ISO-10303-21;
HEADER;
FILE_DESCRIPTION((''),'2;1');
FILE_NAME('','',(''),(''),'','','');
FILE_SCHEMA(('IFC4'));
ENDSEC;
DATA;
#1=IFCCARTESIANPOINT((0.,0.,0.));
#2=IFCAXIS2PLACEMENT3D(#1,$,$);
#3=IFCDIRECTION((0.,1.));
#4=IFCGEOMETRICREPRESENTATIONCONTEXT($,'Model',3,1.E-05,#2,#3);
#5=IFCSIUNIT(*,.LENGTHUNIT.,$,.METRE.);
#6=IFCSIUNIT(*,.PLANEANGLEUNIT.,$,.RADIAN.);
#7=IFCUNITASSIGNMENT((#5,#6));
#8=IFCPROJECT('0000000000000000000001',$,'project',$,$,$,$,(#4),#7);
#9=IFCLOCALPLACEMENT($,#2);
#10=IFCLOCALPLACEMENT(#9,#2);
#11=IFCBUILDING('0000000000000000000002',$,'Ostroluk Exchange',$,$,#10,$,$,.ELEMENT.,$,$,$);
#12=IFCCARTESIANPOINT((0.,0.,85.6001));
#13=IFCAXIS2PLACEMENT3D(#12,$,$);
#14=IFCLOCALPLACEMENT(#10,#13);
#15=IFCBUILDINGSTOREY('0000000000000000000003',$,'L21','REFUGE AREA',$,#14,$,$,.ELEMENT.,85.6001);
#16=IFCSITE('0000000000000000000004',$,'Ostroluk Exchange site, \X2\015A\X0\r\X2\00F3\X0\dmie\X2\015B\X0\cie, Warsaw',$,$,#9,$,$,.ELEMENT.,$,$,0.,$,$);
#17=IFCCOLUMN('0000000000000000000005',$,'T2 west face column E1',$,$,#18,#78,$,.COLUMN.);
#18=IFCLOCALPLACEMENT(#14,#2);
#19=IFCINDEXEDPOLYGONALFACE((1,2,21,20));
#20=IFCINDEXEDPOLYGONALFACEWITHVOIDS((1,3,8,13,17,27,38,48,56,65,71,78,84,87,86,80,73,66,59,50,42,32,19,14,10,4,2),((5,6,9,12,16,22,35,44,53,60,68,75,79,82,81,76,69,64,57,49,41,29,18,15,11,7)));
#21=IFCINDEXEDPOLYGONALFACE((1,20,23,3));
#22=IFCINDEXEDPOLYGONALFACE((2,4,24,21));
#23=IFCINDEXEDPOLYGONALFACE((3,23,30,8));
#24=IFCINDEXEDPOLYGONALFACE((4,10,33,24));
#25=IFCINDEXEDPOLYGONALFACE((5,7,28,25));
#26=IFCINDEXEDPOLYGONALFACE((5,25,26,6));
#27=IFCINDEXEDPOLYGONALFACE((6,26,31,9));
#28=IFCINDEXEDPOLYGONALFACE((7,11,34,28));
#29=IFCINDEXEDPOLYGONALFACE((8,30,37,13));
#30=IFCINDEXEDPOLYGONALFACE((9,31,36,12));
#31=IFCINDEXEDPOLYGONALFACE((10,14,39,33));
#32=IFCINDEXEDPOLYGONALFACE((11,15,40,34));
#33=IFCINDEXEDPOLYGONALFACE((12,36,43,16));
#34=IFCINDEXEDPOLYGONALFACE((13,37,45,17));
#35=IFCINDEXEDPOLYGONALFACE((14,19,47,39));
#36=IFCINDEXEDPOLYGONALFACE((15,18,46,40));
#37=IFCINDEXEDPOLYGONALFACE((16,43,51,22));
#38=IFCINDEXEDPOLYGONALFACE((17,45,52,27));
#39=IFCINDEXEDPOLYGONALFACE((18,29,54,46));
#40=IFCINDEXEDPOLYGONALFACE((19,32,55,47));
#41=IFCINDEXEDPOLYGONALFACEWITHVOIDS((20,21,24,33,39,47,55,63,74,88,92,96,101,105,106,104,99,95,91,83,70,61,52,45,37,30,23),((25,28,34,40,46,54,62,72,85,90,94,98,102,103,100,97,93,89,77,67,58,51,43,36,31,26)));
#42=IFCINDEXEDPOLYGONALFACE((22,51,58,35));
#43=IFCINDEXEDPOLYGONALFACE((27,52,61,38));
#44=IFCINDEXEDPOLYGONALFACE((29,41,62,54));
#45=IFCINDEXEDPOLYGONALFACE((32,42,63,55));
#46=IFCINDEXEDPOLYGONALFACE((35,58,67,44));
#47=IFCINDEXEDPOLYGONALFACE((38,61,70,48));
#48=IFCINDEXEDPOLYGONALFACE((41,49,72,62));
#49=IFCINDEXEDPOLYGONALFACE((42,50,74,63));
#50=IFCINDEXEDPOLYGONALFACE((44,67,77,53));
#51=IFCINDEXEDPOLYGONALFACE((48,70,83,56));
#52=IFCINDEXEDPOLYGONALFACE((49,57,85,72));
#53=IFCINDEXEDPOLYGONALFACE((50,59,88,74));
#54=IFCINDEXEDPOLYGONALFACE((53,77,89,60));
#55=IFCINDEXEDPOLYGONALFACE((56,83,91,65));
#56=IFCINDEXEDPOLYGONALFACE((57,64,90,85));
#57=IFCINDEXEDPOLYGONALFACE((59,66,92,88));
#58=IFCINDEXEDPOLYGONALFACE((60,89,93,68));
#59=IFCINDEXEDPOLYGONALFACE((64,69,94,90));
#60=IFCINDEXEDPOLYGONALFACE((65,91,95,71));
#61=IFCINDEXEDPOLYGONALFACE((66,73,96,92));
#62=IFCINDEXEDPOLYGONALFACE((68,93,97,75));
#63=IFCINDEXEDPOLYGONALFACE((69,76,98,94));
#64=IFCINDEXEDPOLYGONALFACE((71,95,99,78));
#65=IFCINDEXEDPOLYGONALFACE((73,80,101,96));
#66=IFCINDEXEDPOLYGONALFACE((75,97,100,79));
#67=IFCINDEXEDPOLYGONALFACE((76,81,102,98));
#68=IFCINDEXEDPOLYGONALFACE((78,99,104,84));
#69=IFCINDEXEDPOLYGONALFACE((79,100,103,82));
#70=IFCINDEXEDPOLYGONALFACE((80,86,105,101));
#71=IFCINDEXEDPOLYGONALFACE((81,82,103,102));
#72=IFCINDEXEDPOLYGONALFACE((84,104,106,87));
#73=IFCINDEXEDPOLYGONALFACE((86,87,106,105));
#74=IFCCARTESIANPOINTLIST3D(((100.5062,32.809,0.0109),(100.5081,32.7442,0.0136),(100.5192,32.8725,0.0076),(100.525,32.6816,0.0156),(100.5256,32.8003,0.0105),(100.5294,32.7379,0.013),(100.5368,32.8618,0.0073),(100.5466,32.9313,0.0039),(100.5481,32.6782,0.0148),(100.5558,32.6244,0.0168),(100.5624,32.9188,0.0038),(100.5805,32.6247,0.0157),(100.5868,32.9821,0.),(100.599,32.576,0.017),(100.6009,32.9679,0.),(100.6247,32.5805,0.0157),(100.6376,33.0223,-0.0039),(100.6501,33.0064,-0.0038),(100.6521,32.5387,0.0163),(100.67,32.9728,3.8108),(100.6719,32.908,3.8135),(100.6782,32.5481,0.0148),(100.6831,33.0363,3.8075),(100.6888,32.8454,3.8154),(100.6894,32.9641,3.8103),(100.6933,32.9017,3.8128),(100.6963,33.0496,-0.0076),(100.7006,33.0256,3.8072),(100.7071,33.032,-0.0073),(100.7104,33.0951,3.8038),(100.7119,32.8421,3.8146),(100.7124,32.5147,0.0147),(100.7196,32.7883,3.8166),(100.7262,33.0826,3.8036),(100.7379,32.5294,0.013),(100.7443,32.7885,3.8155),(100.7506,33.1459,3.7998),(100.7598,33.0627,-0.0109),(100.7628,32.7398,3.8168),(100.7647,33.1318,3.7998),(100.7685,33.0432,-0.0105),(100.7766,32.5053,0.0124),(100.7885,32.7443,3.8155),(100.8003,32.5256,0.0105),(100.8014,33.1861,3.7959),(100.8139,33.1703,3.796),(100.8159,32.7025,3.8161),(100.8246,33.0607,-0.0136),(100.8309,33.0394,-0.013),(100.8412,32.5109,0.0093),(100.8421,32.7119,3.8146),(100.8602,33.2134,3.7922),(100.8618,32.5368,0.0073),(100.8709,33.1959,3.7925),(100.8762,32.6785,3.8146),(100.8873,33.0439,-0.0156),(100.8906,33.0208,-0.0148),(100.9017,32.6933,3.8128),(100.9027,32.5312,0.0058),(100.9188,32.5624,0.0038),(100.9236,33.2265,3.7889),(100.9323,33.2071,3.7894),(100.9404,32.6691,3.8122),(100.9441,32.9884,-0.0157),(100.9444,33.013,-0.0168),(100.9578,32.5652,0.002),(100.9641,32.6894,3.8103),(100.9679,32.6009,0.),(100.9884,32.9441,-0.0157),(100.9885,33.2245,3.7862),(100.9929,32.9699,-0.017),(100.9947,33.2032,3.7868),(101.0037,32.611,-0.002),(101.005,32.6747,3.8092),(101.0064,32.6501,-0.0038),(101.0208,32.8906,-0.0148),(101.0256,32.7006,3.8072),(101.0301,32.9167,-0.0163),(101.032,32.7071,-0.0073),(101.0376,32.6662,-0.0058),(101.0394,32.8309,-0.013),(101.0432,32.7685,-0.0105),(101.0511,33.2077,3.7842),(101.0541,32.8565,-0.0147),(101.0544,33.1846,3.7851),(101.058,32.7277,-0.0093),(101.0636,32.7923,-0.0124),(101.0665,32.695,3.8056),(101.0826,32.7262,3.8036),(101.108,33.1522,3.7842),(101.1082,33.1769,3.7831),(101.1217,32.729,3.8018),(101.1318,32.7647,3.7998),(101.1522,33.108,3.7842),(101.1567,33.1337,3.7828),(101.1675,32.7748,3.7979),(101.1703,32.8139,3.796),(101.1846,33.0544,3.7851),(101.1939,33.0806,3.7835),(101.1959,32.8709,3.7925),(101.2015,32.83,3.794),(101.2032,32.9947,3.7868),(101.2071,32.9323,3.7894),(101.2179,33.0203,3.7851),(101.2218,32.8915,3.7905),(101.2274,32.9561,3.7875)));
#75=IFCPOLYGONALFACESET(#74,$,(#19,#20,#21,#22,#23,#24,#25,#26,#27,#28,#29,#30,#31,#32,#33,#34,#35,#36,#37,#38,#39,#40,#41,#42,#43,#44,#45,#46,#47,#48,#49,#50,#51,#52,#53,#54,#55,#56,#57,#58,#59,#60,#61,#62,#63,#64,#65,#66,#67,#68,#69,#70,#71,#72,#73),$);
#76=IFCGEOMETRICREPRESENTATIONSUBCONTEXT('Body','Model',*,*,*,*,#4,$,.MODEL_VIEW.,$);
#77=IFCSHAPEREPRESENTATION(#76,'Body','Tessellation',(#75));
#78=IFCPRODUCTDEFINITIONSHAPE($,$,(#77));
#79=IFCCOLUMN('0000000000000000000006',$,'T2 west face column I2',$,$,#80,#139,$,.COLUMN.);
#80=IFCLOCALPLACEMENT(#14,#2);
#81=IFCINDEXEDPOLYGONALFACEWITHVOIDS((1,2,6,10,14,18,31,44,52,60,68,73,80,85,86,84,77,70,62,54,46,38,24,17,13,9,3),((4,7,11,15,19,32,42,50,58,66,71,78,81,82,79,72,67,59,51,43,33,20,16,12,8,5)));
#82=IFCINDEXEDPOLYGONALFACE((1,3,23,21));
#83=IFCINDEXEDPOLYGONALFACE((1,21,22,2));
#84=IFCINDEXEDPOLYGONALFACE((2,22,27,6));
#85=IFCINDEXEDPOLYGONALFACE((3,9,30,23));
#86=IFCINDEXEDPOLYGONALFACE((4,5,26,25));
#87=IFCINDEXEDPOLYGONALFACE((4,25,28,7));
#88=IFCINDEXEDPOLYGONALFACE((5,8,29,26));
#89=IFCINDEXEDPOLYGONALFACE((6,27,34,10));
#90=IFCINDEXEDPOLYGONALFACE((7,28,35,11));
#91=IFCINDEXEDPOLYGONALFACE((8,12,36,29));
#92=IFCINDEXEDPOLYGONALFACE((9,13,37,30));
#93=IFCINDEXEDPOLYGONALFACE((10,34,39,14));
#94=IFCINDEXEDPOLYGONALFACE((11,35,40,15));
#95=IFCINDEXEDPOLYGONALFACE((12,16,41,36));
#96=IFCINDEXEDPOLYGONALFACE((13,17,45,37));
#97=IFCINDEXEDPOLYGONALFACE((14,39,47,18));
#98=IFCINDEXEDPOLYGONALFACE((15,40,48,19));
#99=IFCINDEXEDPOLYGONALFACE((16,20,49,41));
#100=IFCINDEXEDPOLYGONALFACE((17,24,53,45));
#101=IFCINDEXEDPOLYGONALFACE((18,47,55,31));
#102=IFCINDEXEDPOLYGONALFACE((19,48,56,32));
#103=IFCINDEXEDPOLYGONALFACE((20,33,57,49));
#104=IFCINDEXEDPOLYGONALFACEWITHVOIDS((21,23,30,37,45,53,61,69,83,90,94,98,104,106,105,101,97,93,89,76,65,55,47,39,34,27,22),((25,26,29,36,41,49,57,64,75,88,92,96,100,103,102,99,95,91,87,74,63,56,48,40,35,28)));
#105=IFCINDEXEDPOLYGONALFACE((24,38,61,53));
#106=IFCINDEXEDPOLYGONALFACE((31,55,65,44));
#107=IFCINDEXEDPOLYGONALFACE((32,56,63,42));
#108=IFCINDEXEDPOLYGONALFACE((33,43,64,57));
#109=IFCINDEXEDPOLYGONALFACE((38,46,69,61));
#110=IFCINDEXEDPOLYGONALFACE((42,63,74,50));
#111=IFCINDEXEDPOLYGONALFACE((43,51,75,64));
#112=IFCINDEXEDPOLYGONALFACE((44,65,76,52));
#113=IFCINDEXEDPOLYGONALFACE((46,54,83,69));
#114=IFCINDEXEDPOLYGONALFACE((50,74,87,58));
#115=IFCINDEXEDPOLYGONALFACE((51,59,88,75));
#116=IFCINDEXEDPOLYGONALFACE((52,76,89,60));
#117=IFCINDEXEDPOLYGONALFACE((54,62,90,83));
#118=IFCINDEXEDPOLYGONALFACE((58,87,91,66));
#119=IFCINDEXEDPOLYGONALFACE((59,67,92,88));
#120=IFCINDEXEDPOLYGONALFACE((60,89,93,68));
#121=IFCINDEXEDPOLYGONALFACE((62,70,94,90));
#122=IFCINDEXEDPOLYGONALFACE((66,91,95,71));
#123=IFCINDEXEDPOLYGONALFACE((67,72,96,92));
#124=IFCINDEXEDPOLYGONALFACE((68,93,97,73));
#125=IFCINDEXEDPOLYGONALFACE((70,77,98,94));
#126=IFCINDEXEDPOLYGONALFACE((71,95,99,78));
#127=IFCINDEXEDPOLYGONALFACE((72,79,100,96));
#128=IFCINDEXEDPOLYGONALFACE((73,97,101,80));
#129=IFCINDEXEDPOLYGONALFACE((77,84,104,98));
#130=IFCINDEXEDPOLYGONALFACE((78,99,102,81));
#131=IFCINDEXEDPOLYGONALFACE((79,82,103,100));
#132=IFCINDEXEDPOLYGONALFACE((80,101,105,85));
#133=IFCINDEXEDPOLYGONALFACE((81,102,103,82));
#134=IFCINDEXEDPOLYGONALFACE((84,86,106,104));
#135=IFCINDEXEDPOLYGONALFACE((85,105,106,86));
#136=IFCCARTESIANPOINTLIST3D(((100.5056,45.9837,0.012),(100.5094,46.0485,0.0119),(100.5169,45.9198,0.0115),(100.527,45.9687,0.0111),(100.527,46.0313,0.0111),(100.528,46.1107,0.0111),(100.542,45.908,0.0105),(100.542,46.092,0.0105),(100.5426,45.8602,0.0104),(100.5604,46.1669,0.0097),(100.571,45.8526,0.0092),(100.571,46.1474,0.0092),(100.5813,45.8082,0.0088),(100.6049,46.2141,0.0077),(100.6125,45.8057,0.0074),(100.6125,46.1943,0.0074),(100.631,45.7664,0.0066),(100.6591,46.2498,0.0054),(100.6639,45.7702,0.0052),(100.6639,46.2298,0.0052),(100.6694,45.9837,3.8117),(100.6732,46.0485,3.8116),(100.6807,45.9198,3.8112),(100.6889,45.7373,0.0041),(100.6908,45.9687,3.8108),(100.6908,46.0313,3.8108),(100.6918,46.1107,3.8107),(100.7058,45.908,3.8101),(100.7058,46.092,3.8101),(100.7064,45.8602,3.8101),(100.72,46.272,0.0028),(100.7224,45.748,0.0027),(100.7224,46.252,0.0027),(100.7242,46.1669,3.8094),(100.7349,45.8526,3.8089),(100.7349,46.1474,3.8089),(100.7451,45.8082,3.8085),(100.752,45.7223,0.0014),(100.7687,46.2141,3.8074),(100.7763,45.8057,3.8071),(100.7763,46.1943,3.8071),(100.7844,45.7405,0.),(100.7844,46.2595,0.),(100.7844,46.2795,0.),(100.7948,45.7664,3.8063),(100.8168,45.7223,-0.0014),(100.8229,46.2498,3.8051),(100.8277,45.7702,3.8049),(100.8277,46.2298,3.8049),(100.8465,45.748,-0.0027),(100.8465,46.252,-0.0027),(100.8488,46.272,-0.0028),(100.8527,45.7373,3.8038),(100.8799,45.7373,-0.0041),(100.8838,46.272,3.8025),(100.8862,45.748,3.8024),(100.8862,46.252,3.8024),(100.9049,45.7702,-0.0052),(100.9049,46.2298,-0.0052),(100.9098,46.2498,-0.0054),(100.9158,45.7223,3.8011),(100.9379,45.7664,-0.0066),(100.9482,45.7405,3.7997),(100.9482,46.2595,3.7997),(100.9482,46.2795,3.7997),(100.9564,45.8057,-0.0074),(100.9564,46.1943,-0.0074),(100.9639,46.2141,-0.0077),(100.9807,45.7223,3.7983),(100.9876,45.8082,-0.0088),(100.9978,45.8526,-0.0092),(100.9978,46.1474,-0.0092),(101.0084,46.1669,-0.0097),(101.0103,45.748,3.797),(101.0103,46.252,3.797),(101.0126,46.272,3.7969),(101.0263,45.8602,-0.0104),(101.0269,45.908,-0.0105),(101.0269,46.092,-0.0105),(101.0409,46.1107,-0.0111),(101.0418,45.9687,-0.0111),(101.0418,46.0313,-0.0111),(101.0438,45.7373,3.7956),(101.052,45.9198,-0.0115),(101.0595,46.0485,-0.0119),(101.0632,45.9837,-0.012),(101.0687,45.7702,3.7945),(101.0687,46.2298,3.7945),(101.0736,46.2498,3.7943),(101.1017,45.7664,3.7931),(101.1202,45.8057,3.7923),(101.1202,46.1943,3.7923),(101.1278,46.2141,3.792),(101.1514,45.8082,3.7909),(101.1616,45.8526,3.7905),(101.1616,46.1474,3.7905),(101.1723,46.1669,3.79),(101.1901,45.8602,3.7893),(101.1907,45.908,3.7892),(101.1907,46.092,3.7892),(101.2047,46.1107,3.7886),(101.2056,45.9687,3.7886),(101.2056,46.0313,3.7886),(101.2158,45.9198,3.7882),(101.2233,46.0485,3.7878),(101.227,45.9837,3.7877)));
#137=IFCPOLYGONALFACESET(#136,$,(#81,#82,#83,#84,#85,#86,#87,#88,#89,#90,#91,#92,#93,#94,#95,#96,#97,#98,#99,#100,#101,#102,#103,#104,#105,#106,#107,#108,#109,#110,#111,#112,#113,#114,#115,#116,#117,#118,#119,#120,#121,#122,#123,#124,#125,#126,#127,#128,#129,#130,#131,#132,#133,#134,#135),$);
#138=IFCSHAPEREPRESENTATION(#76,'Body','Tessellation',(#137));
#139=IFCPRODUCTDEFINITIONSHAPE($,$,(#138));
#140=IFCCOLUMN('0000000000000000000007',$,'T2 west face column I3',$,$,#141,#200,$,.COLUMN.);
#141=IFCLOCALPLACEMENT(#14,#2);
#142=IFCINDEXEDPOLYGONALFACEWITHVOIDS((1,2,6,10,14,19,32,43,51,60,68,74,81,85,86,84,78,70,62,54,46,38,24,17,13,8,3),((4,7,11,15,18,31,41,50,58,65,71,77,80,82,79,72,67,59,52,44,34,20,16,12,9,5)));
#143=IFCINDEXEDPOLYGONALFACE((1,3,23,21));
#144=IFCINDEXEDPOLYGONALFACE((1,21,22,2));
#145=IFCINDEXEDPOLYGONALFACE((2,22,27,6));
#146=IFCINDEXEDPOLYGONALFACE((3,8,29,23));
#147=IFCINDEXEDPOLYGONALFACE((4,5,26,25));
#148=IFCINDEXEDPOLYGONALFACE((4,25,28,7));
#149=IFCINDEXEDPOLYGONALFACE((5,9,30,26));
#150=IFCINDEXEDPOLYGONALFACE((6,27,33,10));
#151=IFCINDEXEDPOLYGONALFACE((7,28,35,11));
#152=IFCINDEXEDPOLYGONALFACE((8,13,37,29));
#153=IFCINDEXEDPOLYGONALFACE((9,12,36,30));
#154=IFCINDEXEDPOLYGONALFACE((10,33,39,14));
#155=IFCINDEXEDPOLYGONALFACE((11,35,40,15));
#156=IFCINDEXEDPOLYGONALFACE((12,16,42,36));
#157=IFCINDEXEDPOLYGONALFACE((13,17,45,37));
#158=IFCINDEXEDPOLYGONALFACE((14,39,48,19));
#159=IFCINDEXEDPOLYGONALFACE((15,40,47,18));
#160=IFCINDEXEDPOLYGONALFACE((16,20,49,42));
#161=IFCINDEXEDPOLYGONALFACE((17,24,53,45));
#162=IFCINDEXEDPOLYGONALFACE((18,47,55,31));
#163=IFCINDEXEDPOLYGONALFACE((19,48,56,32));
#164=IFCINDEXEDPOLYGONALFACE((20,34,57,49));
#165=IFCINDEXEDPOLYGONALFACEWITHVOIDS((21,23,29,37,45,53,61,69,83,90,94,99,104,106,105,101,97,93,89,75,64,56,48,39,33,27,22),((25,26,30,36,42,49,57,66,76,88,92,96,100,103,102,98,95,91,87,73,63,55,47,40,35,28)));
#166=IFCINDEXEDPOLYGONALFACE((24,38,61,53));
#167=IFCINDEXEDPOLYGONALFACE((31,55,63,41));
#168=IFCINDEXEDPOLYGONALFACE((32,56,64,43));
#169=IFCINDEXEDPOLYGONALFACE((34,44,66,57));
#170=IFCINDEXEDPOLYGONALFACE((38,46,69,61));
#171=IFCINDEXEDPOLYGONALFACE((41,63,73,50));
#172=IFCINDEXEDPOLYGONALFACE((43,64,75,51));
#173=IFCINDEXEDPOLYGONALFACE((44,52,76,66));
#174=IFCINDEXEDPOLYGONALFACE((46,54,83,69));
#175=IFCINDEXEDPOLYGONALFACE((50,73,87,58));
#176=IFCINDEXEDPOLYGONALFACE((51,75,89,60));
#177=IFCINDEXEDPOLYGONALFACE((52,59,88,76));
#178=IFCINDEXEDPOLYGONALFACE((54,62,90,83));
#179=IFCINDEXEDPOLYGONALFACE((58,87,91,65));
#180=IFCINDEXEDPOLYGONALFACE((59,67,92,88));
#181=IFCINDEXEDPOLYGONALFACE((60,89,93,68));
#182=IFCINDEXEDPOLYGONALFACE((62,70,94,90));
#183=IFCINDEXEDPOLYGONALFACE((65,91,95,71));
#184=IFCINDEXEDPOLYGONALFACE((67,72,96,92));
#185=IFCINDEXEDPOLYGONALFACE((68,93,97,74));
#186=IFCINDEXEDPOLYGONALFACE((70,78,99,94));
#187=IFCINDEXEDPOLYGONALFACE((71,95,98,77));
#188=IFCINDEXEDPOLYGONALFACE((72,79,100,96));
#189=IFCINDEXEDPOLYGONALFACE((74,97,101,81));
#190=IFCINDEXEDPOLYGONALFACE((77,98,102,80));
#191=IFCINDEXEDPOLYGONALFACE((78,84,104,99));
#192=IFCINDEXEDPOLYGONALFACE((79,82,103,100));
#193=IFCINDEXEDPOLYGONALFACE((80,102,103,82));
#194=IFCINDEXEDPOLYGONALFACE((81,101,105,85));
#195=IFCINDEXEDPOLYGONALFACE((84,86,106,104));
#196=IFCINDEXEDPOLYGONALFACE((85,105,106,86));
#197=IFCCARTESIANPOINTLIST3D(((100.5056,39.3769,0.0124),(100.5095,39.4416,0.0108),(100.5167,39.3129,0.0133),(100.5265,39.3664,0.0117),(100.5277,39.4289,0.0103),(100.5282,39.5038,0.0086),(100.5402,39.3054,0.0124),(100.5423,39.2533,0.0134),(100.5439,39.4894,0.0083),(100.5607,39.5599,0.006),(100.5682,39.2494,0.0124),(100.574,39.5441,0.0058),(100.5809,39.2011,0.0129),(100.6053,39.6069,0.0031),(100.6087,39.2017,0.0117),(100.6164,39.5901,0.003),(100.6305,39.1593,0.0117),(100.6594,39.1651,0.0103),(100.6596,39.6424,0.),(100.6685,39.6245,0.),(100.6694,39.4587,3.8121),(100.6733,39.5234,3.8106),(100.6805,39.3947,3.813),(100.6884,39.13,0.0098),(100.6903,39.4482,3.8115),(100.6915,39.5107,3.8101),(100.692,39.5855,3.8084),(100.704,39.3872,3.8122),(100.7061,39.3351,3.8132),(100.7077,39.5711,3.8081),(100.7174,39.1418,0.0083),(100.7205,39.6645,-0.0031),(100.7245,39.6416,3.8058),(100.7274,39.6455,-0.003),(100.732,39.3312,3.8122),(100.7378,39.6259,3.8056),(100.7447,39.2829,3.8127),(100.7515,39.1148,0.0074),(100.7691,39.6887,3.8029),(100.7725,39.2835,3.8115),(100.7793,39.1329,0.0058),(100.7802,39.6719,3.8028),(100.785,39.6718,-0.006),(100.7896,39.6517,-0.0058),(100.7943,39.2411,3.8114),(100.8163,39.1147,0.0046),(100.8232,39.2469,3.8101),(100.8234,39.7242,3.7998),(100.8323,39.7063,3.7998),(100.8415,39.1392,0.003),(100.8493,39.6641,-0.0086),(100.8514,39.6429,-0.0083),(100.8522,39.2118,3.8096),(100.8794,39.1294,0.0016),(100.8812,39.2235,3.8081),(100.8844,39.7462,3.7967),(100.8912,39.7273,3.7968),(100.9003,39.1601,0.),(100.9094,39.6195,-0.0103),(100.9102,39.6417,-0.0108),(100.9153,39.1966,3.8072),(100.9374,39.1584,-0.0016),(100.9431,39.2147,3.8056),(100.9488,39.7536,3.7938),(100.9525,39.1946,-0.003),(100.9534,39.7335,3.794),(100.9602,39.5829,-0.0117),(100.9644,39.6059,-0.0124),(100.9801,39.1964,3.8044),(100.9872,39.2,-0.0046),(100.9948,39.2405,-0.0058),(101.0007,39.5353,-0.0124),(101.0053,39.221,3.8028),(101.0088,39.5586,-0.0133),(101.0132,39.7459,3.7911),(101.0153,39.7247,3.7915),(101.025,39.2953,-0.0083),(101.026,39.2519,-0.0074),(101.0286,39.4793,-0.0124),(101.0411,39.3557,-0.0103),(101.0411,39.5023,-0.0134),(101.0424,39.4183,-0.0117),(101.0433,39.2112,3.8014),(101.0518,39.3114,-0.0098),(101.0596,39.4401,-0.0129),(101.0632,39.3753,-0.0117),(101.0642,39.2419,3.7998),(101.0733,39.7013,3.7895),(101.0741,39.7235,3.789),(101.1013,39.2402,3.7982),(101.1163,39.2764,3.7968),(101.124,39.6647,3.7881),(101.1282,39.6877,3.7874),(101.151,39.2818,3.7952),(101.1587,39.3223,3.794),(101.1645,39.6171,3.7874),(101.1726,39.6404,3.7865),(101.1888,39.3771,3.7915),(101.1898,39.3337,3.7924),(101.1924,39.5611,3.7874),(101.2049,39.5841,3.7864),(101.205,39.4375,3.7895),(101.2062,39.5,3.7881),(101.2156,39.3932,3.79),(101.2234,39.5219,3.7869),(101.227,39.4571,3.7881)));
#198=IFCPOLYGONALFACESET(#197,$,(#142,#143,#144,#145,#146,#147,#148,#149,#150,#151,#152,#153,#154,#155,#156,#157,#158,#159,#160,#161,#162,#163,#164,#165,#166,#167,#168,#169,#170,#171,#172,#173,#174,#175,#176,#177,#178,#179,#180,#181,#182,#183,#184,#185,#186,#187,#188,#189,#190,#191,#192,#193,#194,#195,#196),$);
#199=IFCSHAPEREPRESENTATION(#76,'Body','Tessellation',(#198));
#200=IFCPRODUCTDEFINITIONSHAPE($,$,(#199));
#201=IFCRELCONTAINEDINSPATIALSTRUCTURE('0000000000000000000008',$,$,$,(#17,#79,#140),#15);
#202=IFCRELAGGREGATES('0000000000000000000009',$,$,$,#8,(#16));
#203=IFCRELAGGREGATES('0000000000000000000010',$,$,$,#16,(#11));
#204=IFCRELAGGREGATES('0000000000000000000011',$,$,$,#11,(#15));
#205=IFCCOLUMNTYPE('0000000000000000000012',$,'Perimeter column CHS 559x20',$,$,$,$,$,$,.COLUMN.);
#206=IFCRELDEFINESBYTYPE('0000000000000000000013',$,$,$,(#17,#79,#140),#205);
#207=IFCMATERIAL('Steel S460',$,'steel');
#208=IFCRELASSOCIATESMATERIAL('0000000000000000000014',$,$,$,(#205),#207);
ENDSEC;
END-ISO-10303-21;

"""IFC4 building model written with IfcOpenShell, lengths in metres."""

from ifc_helpers import new_model, si_unit, direction, frame, origin, origin_2d, place, context, subcontext, project, spatial, hollow_circle, extrude, material, material_profile, profile_set, type_object, element, save


model = new_model("IFC4")

# Units and contexts
model_context = context("Model", 3, precision=1e-05, world=origin(), true_north=direction((0.0, 1.0)))
body_context = subcontext(model_context, "Body", "Model", "MODEL_VIEW")
ifc_project = project(units=[si_unit("LENGTHUNIT", "METRE"), si_unit("PLANEANGLEUNIT", "RADIAN")], contexts=[model_context])

# Site, building, storey
site_placement = place(None, origin())
site = spatial("IfcSite", under=ifc_project, at=site_placement, Name="Ostroluk Exchange site, Śródmieście, Warsaw", CompositionType="ELEMENT", RefElevation=0.0)
building_placement = place(site_placement, origin())
building = spatial("IfcBuilding", under=site, at=building_placement, Name="Ostroluk Exchange", CompositionType="ELEMENT")
storey_placement = place(building_placement, frame((0.0, 0.0, 85.6001)))
storey = spatial("IfcBuildingStorey", under=building, at=storey_placement, Name="L21", Description="REFUGE AREA", CompositionType="ELEMENT", Elevation=85.6001)

# Columns
ifc_material_1 = material(Name="Steel S460", Category="steel")
ifc_material_profile_1 = material_profile(ifc_material_1, hollow_circle(Radius=0.2795, WallThickness=0.02, at=origin_2d()), Name="CHS 559x20")
ifc_profile_set_1 = profile_set([ifc_material_profile_1], Name="Steel S460")
column_type = type_object("IfcColumnType", Name="Perimeter column CHS 559x20", PredefinedType="COLUMN", material=ifc_profile_set_1)
column_1_placement = place(storey_placement, frame((100.7844, 32.7844, 0.0), z_axis=(0.043032, 0.043032, 0.998146), x_axis=(-0.707107, 0.707107, 0.0)))
element("IfcColumn", 1, at=column_1_placement, inside=storey, type_object=column_type, Name="T2 west face column E1", PredefinedType="COLUMN", context=body_context, shape_type="SweptSolid", body=[
    extrude(hollow_circle(Radius=0.2795, WallThickness=0.02, at=origin_2d()), origin(), (0.0, 0.0, 1.0), 3.8069),
])
column_2_placement = place(storey_placement, frame((100.7844, 46.0, 0.0), z_axis=(0.043072, 0.0, 0.999072), x_axis=(0.0, 1.0, 0.0)))
element("IfcColumn", 2, at=column_2_placement, inside=storey, type_object=column_type, Name="T2 west face column I2", PredefinedType="COLUMN", context=body_context, shape_type="SweptSolid", body=[
    extrude(hollow_circle(Radius=0.2795, WallThickness=0.02, at=origin_2d()), origin(), (0.0, 0.0, 1.0), 3.8032),
])
column_3_placement = place(storey_placement, frame((100.7844, 39.3923, 0.0), z_axis=(0.043062, 0.021499, 0.998841), x_axis=(-0.44668, 0.894694, 0.0)))
element("IfcColumn", 3, at=column_3_placement, inside=storey, type_object=column_type, Name="T2 west face column I3", PredefinedType="COLUMN", context=body_context, shape_type="SweptSolid", body=[
    extrude(hollow_circle(Radius=0.2795, WallThickness=0.02, at=origin_2d()), origin(), (0.0, 0.0, 1.0), 3.8042),
])

save(model, "model.ifc")
